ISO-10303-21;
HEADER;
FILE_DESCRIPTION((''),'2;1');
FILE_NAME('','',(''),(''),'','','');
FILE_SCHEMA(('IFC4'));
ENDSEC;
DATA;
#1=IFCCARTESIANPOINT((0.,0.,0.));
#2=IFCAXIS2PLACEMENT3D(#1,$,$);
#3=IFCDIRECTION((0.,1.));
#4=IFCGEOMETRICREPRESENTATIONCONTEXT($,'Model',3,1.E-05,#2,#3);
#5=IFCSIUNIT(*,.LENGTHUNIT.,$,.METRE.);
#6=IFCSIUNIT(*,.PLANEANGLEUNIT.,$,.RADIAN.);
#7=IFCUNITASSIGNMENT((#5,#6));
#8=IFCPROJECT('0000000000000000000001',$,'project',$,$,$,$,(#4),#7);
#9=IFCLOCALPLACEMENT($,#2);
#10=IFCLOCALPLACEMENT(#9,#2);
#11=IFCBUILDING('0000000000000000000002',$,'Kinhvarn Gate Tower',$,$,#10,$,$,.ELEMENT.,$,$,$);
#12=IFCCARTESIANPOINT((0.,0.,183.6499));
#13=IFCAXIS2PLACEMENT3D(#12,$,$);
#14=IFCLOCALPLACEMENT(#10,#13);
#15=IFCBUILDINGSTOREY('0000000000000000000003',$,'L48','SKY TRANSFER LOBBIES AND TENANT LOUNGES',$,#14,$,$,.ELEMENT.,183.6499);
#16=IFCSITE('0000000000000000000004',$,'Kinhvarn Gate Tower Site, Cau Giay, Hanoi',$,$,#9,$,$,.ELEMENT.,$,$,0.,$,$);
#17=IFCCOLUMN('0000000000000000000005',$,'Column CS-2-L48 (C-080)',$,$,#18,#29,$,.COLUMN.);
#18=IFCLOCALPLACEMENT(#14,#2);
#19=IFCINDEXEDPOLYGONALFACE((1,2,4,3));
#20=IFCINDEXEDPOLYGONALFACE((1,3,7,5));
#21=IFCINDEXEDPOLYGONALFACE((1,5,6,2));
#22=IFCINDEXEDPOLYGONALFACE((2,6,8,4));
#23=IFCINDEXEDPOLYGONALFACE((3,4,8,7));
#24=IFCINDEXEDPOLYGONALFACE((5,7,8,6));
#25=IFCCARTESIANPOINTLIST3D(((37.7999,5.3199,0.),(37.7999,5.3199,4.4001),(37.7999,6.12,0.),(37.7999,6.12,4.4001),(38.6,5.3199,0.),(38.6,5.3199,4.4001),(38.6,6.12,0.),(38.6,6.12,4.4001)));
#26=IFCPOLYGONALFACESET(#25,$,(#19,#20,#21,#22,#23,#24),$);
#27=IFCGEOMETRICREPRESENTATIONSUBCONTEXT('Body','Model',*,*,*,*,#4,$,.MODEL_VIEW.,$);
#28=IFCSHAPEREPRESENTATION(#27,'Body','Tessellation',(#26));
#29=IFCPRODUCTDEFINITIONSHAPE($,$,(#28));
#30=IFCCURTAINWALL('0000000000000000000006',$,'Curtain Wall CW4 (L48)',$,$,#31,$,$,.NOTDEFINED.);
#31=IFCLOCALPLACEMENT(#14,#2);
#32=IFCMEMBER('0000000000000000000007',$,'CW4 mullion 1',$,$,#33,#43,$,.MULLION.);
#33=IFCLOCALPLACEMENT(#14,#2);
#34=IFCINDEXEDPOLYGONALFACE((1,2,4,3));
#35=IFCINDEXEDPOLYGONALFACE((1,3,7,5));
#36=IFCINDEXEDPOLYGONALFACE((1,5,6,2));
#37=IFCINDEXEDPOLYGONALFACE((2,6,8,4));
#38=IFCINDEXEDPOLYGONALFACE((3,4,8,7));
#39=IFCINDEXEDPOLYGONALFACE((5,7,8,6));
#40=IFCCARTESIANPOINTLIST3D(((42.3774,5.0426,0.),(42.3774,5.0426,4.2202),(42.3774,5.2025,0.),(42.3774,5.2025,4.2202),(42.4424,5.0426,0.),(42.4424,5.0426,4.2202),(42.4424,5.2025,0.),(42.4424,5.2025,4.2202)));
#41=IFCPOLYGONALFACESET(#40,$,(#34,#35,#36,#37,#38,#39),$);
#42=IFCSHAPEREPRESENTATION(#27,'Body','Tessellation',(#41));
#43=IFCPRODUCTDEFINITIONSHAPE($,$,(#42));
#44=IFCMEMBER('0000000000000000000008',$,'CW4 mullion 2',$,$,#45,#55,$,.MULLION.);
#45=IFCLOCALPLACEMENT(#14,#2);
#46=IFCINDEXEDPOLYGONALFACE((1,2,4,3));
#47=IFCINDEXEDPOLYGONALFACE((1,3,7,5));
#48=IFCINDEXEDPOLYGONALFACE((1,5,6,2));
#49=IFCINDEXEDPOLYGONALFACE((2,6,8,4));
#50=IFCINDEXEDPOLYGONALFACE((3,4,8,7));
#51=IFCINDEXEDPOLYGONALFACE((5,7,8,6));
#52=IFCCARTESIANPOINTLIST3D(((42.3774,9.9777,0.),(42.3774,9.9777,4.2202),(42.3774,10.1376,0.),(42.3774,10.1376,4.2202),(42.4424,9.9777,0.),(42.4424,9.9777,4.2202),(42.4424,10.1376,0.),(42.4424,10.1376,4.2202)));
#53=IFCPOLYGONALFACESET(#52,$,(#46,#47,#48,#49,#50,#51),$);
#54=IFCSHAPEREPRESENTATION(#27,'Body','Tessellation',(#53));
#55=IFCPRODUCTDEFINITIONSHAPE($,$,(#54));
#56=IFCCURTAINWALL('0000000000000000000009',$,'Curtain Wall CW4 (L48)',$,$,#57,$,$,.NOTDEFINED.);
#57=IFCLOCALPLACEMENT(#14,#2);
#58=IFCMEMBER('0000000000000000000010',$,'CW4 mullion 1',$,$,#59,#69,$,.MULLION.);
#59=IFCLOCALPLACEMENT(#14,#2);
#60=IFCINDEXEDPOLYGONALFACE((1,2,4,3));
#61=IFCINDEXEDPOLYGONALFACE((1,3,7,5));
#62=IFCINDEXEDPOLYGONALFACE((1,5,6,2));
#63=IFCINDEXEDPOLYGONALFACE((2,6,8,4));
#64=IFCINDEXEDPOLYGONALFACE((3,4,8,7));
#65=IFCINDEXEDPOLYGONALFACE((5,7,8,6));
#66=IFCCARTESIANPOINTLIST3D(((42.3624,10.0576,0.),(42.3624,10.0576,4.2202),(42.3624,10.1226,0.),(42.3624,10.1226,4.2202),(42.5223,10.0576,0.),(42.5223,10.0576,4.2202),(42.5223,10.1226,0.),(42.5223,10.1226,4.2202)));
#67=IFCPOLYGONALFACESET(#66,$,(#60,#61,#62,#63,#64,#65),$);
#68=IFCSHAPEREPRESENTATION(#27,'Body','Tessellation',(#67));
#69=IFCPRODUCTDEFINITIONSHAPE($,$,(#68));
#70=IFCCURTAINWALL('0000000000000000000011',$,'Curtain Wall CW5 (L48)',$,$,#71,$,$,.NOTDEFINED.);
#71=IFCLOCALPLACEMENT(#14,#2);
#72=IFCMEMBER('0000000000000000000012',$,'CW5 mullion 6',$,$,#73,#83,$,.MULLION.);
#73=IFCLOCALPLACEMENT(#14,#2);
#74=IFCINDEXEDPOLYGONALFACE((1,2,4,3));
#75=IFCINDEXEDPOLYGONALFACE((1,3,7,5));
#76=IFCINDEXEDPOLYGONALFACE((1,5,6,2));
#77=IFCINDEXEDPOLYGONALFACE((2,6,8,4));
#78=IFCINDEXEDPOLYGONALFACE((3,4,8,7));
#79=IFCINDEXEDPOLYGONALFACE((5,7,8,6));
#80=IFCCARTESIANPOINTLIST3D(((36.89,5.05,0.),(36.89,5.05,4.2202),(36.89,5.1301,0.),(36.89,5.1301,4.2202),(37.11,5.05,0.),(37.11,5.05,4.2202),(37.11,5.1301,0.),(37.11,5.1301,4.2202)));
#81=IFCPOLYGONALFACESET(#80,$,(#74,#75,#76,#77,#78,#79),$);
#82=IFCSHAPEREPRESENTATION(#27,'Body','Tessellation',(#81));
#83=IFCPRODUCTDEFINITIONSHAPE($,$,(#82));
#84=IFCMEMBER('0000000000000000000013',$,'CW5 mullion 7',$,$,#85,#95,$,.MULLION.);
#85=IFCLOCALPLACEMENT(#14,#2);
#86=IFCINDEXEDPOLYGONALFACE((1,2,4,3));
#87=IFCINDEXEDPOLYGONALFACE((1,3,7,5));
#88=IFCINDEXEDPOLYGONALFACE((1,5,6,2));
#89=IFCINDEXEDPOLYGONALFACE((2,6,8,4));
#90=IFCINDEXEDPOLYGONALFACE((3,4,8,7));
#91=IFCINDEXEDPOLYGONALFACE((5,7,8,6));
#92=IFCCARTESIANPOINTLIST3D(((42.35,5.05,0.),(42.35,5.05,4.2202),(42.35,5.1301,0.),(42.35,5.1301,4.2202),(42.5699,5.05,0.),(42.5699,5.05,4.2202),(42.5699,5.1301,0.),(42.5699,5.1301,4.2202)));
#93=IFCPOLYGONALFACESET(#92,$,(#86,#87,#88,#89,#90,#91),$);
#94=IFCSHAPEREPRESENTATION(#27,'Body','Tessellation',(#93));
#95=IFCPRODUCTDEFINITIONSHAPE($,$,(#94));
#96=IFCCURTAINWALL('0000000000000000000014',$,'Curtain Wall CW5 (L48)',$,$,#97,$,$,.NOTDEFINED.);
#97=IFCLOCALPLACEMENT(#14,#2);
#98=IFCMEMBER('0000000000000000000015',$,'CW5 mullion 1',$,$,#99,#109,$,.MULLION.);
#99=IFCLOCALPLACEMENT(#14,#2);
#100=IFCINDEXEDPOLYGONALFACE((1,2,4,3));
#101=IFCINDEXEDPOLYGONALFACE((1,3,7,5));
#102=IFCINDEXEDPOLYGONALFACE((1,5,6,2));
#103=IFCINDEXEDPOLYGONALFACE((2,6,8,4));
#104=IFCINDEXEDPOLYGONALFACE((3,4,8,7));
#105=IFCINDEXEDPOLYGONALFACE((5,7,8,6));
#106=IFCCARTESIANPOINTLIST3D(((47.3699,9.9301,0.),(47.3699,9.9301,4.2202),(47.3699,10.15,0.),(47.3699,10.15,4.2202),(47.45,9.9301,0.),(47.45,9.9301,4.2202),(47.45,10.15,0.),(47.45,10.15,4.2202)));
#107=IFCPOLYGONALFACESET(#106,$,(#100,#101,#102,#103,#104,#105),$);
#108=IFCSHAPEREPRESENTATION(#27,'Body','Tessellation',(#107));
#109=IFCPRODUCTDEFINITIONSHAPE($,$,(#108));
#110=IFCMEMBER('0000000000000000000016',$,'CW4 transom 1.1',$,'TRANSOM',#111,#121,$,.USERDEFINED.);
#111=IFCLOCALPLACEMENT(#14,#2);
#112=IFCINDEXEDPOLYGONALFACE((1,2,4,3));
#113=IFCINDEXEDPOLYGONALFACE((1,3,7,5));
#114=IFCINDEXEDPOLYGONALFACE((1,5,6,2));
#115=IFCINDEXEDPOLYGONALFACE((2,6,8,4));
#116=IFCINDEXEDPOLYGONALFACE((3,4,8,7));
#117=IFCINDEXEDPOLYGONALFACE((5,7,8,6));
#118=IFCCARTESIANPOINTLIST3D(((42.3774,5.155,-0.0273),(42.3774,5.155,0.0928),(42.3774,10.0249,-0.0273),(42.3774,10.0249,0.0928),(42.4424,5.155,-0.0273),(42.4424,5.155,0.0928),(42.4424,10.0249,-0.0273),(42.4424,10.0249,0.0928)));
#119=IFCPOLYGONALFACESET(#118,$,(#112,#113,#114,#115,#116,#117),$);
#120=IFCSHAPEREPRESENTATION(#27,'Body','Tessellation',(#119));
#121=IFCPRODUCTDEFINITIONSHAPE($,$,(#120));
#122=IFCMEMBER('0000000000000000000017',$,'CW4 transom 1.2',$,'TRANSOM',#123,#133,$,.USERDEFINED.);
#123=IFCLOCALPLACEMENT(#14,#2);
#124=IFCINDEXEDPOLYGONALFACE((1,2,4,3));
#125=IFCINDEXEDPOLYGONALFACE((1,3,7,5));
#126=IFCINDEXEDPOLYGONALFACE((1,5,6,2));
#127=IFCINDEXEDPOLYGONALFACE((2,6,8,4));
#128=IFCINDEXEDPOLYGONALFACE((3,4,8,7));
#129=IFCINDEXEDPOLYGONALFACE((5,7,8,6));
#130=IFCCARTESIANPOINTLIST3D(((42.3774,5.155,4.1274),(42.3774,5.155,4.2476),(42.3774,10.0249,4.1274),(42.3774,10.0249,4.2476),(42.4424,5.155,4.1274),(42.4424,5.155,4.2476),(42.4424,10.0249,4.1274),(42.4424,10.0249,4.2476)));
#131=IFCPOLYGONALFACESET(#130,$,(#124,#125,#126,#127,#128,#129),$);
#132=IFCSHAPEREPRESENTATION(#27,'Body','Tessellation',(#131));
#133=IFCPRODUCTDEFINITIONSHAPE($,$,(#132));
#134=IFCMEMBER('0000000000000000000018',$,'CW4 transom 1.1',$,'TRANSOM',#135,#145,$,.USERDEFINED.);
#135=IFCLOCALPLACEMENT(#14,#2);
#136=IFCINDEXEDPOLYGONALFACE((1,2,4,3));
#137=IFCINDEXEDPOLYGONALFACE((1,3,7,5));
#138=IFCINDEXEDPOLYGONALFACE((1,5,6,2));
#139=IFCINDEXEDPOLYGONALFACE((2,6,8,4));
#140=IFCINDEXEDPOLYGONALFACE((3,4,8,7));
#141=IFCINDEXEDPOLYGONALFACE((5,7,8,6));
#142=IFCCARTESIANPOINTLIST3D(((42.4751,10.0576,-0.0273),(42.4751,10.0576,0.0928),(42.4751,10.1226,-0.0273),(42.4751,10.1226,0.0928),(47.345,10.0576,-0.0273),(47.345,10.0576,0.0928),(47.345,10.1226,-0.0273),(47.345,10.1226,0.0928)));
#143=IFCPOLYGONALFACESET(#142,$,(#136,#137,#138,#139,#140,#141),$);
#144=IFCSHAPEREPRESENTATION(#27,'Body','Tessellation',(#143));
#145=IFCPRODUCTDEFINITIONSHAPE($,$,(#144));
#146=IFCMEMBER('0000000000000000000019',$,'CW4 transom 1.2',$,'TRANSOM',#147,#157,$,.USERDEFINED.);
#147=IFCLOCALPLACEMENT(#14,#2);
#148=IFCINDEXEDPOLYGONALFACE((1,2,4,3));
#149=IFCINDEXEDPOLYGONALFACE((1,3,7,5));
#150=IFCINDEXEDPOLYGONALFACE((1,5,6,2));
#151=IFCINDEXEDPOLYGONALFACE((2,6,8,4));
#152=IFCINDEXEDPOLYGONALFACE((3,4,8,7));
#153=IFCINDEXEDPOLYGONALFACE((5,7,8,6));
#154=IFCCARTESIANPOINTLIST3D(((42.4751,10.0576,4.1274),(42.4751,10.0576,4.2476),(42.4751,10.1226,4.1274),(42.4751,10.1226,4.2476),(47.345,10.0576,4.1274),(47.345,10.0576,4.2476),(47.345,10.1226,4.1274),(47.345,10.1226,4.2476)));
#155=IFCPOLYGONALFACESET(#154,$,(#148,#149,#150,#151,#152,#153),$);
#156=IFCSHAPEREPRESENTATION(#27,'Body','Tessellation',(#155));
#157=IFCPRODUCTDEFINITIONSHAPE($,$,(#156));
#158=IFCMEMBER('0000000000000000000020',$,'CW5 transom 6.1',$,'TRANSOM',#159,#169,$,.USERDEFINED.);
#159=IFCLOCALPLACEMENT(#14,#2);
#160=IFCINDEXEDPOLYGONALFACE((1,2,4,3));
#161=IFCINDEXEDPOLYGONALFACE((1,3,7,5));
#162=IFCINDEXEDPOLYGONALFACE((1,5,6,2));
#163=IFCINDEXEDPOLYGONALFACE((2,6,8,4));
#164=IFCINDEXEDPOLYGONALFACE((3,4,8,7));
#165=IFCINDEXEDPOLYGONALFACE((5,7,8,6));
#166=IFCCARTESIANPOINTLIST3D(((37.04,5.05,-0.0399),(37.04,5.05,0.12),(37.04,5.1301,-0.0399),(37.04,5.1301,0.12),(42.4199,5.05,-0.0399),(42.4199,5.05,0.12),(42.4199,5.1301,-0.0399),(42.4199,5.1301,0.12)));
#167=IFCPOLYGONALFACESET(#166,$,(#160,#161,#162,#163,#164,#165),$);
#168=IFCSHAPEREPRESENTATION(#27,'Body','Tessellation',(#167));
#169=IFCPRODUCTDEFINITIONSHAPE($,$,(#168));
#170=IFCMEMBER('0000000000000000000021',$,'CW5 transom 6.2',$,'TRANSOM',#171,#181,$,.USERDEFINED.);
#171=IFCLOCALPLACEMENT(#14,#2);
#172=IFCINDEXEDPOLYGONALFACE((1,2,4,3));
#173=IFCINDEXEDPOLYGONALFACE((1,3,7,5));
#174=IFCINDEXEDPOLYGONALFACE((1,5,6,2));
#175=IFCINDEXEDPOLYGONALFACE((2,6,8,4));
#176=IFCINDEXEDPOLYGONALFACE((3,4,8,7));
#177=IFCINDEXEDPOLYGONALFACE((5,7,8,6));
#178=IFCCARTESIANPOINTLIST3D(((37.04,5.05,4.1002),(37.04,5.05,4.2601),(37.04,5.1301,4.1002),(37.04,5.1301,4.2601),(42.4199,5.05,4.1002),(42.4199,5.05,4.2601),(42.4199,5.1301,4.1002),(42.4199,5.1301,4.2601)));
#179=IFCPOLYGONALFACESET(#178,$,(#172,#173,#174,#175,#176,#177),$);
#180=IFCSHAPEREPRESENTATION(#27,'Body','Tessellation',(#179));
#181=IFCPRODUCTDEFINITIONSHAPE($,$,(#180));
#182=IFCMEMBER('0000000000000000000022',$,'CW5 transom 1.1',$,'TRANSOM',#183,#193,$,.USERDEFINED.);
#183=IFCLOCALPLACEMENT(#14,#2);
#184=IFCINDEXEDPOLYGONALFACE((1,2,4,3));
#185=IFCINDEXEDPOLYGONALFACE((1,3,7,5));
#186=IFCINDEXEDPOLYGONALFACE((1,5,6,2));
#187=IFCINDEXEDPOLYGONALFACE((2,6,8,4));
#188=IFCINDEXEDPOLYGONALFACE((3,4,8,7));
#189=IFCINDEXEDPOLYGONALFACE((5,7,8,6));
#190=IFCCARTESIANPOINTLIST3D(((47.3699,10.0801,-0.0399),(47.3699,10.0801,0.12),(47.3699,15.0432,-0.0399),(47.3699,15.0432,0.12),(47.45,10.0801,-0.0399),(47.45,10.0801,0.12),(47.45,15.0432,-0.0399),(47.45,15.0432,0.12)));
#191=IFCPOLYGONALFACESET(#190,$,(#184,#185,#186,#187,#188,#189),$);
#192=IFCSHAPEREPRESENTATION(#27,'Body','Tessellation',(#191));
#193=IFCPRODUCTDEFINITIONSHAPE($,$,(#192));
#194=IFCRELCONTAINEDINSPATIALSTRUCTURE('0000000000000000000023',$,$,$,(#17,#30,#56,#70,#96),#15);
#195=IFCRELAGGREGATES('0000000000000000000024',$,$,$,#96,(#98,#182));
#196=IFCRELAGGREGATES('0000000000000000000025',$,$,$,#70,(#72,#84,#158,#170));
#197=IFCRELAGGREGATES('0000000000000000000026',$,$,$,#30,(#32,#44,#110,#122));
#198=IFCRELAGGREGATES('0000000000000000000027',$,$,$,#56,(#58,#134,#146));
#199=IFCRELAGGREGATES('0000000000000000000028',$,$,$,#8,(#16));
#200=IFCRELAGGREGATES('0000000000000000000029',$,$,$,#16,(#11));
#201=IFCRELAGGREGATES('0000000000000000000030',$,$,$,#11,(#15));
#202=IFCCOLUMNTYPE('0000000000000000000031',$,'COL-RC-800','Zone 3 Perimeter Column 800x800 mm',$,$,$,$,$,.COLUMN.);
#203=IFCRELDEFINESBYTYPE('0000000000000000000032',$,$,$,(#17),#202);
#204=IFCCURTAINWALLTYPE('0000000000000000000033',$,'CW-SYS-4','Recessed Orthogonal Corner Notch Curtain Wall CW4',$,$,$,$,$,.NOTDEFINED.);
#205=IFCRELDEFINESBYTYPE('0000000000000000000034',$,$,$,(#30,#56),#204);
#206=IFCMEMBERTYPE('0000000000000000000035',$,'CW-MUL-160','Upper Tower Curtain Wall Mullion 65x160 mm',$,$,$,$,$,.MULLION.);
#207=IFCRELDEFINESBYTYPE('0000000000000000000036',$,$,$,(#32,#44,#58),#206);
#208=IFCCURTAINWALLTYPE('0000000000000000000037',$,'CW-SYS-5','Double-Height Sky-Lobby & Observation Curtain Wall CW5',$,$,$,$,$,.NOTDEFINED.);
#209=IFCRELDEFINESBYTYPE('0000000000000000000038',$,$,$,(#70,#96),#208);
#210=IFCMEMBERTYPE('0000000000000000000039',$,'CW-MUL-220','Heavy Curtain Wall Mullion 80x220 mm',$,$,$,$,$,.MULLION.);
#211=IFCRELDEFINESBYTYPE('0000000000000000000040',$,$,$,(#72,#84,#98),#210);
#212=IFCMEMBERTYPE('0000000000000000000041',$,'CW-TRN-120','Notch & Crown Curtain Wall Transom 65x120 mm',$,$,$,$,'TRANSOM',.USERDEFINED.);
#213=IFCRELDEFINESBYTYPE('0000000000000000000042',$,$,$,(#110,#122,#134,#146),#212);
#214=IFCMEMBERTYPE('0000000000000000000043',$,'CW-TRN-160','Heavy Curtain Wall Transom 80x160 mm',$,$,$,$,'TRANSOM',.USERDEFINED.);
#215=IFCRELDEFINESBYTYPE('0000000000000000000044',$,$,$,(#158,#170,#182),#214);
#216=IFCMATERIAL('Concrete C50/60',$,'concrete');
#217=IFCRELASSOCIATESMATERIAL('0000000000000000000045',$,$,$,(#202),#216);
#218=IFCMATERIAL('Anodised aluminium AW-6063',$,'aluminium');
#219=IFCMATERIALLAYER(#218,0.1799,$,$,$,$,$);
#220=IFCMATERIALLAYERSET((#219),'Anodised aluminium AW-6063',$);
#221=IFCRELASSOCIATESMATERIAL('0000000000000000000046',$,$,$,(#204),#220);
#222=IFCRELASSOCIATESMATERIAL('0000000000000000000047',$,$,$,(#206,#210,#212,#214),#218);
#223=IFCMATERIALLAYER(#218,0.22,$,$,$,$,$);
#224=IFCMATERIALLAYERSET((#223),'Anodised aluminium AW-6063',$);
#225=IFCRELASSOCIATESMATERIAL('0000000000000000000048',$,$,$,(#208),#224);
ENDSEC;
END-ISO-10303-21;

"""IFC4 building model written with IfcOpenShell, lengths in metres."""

from ifc_helpers import new_model, si_unit, direction, frame, origin, origin_2d, place, context, subcontext, project, spatial, rectangle, extrude, material, layer, layer_set, material_profile, profile_set, type_object, element, aggregate, save


model = new_model("IFC4")

# Units and contexts
model_context = context("Model", 3, precision=1e-05, world=origin(), true_north=direction((0.0, 1.0)))
body_context = subcontext(model_context, "Body", "Model", "MODEL_VIEW")
ifc_project = project(units=[si_unit("LENGTHUNIT", "METRE"), si_unit("PLANEANGLEUNIT", "RADIAN")], contexts=[model_context])

# Site, building, storey
site_placement = place(None, origin())
site = spatial("IfcSite", under=ifc_project, at=site_placement, Name="Kinhvarn Gate Tower Site, Cau Giay, Hanoi", CompositionType="ELEMENT", RefElevation=0.0)
building_placement = place(site_placement, origin())
building = spatial("IfcBuilding", under=site, at=building_placement, Name="Kinhvarn Gate Tower", CompositionType="ELEMENT")
storey_placement = place(building_placement, frame((0.0, 0.0, 183.6499)))
storey = spatial("IfcBuildingStorey", under=building, at=storey_placement, Name="L48", Description="SKY TRANSFER LOBBIES AND TENANT LOUNGES", CompositionType="ELEMENT", Elevation=183.6499)

# Column
ifc_material_1 = material(Name="Concrete C50/60", Category="concrete")
ifc_material_profile_1 = material_profile(ifc_material_1, rectangle(XDim=0.8, YDim=0.8, at=origin_2d()), Name="RC 800x800")
ifc_profile_set_1 = profile_set([ifc_material_profile_1], Name="Concrete C50/60")
column_type = type_object("IfcColumnType", Name="COL-RC-800", Description="Zone 3 Perimeter Column 800x800 mm", PredefinedType="COLUMN", material=ifc_profile_set_1)
column_placement = place(storey_placement, frame((38.2, 5.72, 0.0), z_axis=(0.0, 0.0, 1.0), x_axis=(1.0, 0.0, 0.0)))
element("IfcColumn", 1, at=column_placement, inside=storey, type_object=column_type, Name="Column CS-2-L48 (C-080)", PredefinedType="COLUMN", context=body_context, shape_type="SweptSolid", body=[
    extrude(rectangle(XDim=0.8, YDim=0.8, at=origin_2d()), origin(), (0.0, 0.0, 1.0), 4.4001),
])

# Curtain wall, members
ifc_material_2 = material(Name="Anodised aluminium AW-6063", Category="aluminium")
ifc_layer_1 = layer(ifc_material_2, 0.1799)
ifc_layer_set_1 = layer_set([ifc_layer_1], Name="Anodised aluminium AW-6063")
curtain_wall_type_1 = type_object("IfcCurtainWallType", Name="CW-SYS-4", Description="Recessed Orthogonal Corner Notch Curtain Wall CW4", PredefinedType="NOTDEFINED", material=ifc_layer_set_1)
curtain_wall_1_placement = place(storey_placement, origin())
curtain_wall_1 = element("IfcCurtainWall", 2, at=curtain_wall_1_placement, inside=storey, type_object=curtain_wall_type_1, Name="Curtain Wall CW4 (L48)", PredefinedType="NOTDEFINED")
ifc_material_profile_2 = material_profile(ifc_material_2, rectangle(XDim=0.0649, YDim=0.1599, at=origin_2d()), Name="ALU 65x160")
ifc_profile_set_2 = profile_set([ifc_material_profile_2], Name="Anodised aluminium AW-6063")
member_type_1 = type_object("IfcMemberType", Name="CW-MUL-160", Description="Upper Tower Curtain Wall Mullion 65x160 mm", PredefinedType="MULLION", material=ifc_profile_set_2)
member_1_placement = place(storey_placement, frame((42.4099, 5.1226, 0.0), z_axis=(0.0, 0.0, 1.0), x_axis=(-1.0, 0.0, 0.0)))
member_1 = element("IfcMember", 3, at=member_1_placement, type_object=member_type_1, Name="CW4 mullion 1", PredefinedType="MULLION", context=body_context, shape_type="SweptSolid", body=[
    extrude(rectangle(XDim=0.0649, YDim=0.1599, at=origin_2d()), origin(), (0.0, 0.0, 1.0), 4.2202),
])
member_2_placement = place(storey_placement, frame((42.4099, 10.0576, 0.0), z_axis=(0.0, 0.0, 1.0), x_axis=(-1.0, 0.0, 0.0)))
member_2 = element("IfcMember", 4, at=member_2_placement, type_object=member_type_1, Name="CW4 mullion 2", PredefinedType="MULLION", context=body_context, shape_type="SweptSolid", body=[
    extrude(rectangle(XDim=0.0649, YDim=0.1599, at=origin_2d()), origin(), (0.0, 0.0, 1.0), 4.2202),
])

# Curtain wall, member
curtain_wall_2_placement = place(storey_placement, origin())
curtain_wall_2 = element("IfcCurtainWall", 5, at=curtain_wall_2_placement, inside=storey, type_object=curtain_wall_type_1, Name="Curtain Wall CW4 (L48)", PredefinedType="NOTDEFINED")
member_3_placement = place(storey_placement, frame((42.4424, 10.0901, 0.0), z_axis=(0.0, 0.0, 1.0), x_axis=(0.0, 1.0, 0.0)))
member_3 = element("IfcMember", 6, at=member_3_placement, type_object=member_type_1, Name="CW4 mullion 1", PredefinedType="MULLION", context=body_context, shape_type="SweptSolid", body=[
    extrude(rectangle(XDim=0.0649, YDim=0.1599, at=origin_2d()), origin(), (0.0, 0.0, 1.0), 4.2202),
])

# Curtain wall, members
ifc_layer_2 = layer(ifc_material_2, 0.22)
ifc_layer_set_2 = layer_set([ifc_layer_2], Name="Anodised aluminium AW-6063")
curtain_wall_type_2 = type_object("IfcCurtainWallType", Name="CW-SYS-5", Description="Double-Height Sky-Lobby & Observation Curtain Wall CW5", PredefinedType="NOTDEFINED", material=ifc_layer_set_2)
curtain_wall_3_placement = place(storey_placement, origin())
curtain_wall_3 = element("IfcCurtainWall", 7, at=curtain_wall_3_placement, inside=storey, type_object=curtain_wall_type_2, Name="Curtain Wall CW5 (L48)", PredefinedType="NOTDEFINED")
ifc_material_profile_3 = material_profile(ifc_material_2, rectangle(XDim=0.0801, YDim=0.22, at=origin_2d()), Name="ALU 80x220")
ifc_profile_set_3 = profile_set([ifc_material_profile_3], Name="Anodised aluminium AW-6063")
member_type_2 = type_object("IfcMemberType", Name="CW-MUL-220", Description="Heavy Curtain Wall Mullion 80x220 mm", PredefinedType="MULLION", material=ifc_profile_set_3)
member_4_placement = place(storey_placement, frame((37.0, 5.0901, 0.0), z_axis=(0.0, 0.0, 1.0), x_axis=(0.0, 1.0, 0.0)))
member_4 = element("IfcMember", 8, at=member_4_placement, type_object=member_type_2, Name="CW5 mullion 6", PredefinedType="MULLION", context=body_context, shape_type="SweptSolid", body=[
    extrude(rectangle(XDim=0.0801, YDim=0.22, at=origin_2d()), origin(), (0.0, 0.0, 1.0), 4.2202),
])
member_5_placement = place(storey_placement, frame((42.46, 5.0901, 0.0), z_axis=(0.0, 0.0, 1.0), x_axis=(0.0, 1.0, 0.0)))
member_5 = element("IfcMember", 9, at=member_5_placement, type_object=member_type_2, Name="CW5 mullion 7", PredefinedType="MULLION", context=body_context, shape_type="SweptSolid", body=[
    extrude(rectangle(XDim=0.0801, YDim=0.22, at=origin_2d()), origin(), (0.0, 0.0, 1.0), 4.2202),
])

# Curtain wall, member
curtain_wall_4_placement = place(storey_placement, origin())
curtain_wall_4 = element("IfcCurtainWall", 10, at=curtain_wall_4_placement, inside=storey, type_object=curtain_wall_type_2, Name="Curtain Wall CW5 (L48)", PredefinedType="NOTDEFINED")
member_6_placement = place(storey_placement, frame((47.4099, 10.04, 0.0), z_axis=(0.0, 0.0, 1.0), x_axis=(-1.0, 0.0, 0.0)))
member_6 = element("IfcMember", 11, at=member_6_placement, type_object=member_type_2, Name="CW5 mullion 1", PredefinedType="MULLION", context=body_context, shape_type="SweptSolid", body=[
    extrude(rectangle(XDim=0.0801, YDim=0.22, at=origin_2d()), origin(), (0.0, 0.0, 1.0), 4.2202),
])

# Members
ifc_material_profile_4 = material_profile(ifc_material_2, rectangle(XDim=0.0649, YDim=0.1201, at=origin_2d()), Name="ALU 65x120")
ifc_profile_set_4 = profile_set([ifc_material_profile_4], Name="Anodised aluminium AW-6063")
member_type_3 = type_object("IfcMemberType", Name="CW-TRN-120", Description="Notch & Crown Curtain Wall Transom 65x120 mm", ElementType="TRANSOM", PredefinedType="USERDEFINED", material=ifc_profile_set_4)
member_7_placement = place(storey_placement, frame((42.4099, 5.155, 0.0327), z_axis=(0.0, 1.0, 0.0), x_axis=(-1.0, 0.0, 0.0)))
member_7 = element("IfcMember", 12, at=member_7_placement, type_object=member_type_3, Name="CW4 transom 1.1", ObjectType="TRANSOM", PredefinedType="USERDEFINED", context=body_context, shape_type="SweptSolid", body=[
    extrude(rectangle(XDim=0.0649, YDim=0.1201, at=origin_2d()), origin(), (0.0, 0.0, 1.0), 4.8699),
])
member_8_placement = place(storey_placement, frame((42.4099, 5.155, 4.1875), z_axis=(0.0, 1.0, 0.0), x_axis=(-1.0, 0.0, 0.0)))
member_8 = element("IfcMember", 13, at=member_8_placement, type_object=member_type_3, Name="CW4 transom 1.2", ObjectType="TRANSOM", PredefinedType="USERDEFINED", context=body_context, shape_type="SweptSolid", body=[
    extrude(rectangle(XDim=0.0649, YDim=0.1201, at=origin_2d()), origin(), (0.0, 0.0, 1.0), 4.8699),
])
member_9_placement = place(storey_placement, frame((42.4751, 10.0901, 0.0327), z_axis=(1.0, 0.0, 0.0), x_axis=(0.0, 1.0, 0.0)))
member_9 = element("IfcMember", 14, at=member_9_placement, type_object=member_type_3, Name="CW4 transom 1.1", ObjectType="TRANSOM", PredefinedType="USERDEFINED", context=body_context, shape_type="SweptSolid", body=[
    extrude(rectangle(XDim=0.0649, YDim=0.1201, at=origin_2d()), origin(), (0.0, 0.0, 1.0), 4.8699),
])
member_10_placement = place(storey_placement, frame((42.4751, 10.0901, 4.1875), z_axis=(1.0, 0.0, 0.0), x_axis=(0.0, 1.0, 0.0)))
member_10 = element("IfcMember", 15, at=member_10_placement, type_object=member_type_3, Name="CW4 transom 1.2", ObjectType="TRANSOM", PredefinedType="USERDEFINED", context=body_context, shape_type="SweptSolid", body=[
    extrude(rectangle(XDim=0.0649, YDim=0.1201, at=origin_2d()), origin(), (0.0, 0.0, 1.0), 4.8699),
])
ifc_material_profile_5 = material_profile(ifc_material_2, rectangle(XDim=0.0801, YDim=0.1599, at=origin_2d()), Name="ALU 80x160")
ifc_profile_set_5 = profile_set([ifc_material_profile_5], Name="Anodised aluminium AW-6063")
member_type_4 = type_object("IfcMemberType", Name="CW-TRN-160", Description="Heavy Curtain Wall Transom 80x160 mm", ElementType="TRANSOM", PredefinedType="USERDEFINED", material=ifc_profile_set_5)
member_11_placement = place(storey_placement, frame((37.04, 5.0901, 0.04), z_axis=(1.0, 0.0, 0.0), x_axis=(0.0, 1.0, 0.0)))
member_11 = element("IfcMember", 16, at=member_11_placement, type_object=member_type_4, Name="CW5 transom 6.1", ObjectType="TRANSOM", PredefinedType="USERDEFINED", context=body_context, shape_type="SweptSolid", body=[
    extrude(rectangle(XDim=0.0801, YDim=0.1599, at=origin_2d()), origin(), (0.0, 0.0, 1.0), 5.3799),
])
member_12_placement = place(storey_placement, frame((37.04, 5.0901, 4.1802), z_axis=(1.0, 0.0, 0.0), x_axis=(0.0, 1.0, 0.0)))
member_12 = element("IfcMember", 17, at=member_12_placement, type_object=member_type_4, Name="CW5 transom 6.2", ObjectType="TRANSOM", PredefinedType="USERDEFINED", context=body_context, shape_type="SweptSolid", body=[
    extrude(rectangle(XDim=0.0801, YDim=0.1599, at=origin_2d()), origin(), (0.0, 0.0, 1.0), 5.3799),
])
member_13_placement = place(storey_placement, frame((47.4099, 10.0801, 0.04), z_axis=(0.0, 1.0, 0.0), x_axis=(-1.0, 0.0, 0.0)))
member_13 = element("IfcMember", 18, at=member_13_placement, type_object=member_type_4, Name="CW5 transom 1.1", ObjectType="TRANSOM", PredefinedType="USERDEFINED", context=body_context, shape_type="SweptSolid", body=[
    extrude(rectangle(XDim=0.0801, YDim=0.1599, at=origin_2d()), origin(), (0.0, 0.0, 1.0), 4.9631),
])
aggregate(curtain_wall_4, [member_6, member_13])

aggregate(curtain_wall_3, [member_4, member_5, member_11, member_12])
aggregate(curtain_wall_1, [member_1, member_2, member_7, member_8])
aggregate(curtain_wall_2, [member_3, member_9, member_10])

save(model, "model.ifc")
